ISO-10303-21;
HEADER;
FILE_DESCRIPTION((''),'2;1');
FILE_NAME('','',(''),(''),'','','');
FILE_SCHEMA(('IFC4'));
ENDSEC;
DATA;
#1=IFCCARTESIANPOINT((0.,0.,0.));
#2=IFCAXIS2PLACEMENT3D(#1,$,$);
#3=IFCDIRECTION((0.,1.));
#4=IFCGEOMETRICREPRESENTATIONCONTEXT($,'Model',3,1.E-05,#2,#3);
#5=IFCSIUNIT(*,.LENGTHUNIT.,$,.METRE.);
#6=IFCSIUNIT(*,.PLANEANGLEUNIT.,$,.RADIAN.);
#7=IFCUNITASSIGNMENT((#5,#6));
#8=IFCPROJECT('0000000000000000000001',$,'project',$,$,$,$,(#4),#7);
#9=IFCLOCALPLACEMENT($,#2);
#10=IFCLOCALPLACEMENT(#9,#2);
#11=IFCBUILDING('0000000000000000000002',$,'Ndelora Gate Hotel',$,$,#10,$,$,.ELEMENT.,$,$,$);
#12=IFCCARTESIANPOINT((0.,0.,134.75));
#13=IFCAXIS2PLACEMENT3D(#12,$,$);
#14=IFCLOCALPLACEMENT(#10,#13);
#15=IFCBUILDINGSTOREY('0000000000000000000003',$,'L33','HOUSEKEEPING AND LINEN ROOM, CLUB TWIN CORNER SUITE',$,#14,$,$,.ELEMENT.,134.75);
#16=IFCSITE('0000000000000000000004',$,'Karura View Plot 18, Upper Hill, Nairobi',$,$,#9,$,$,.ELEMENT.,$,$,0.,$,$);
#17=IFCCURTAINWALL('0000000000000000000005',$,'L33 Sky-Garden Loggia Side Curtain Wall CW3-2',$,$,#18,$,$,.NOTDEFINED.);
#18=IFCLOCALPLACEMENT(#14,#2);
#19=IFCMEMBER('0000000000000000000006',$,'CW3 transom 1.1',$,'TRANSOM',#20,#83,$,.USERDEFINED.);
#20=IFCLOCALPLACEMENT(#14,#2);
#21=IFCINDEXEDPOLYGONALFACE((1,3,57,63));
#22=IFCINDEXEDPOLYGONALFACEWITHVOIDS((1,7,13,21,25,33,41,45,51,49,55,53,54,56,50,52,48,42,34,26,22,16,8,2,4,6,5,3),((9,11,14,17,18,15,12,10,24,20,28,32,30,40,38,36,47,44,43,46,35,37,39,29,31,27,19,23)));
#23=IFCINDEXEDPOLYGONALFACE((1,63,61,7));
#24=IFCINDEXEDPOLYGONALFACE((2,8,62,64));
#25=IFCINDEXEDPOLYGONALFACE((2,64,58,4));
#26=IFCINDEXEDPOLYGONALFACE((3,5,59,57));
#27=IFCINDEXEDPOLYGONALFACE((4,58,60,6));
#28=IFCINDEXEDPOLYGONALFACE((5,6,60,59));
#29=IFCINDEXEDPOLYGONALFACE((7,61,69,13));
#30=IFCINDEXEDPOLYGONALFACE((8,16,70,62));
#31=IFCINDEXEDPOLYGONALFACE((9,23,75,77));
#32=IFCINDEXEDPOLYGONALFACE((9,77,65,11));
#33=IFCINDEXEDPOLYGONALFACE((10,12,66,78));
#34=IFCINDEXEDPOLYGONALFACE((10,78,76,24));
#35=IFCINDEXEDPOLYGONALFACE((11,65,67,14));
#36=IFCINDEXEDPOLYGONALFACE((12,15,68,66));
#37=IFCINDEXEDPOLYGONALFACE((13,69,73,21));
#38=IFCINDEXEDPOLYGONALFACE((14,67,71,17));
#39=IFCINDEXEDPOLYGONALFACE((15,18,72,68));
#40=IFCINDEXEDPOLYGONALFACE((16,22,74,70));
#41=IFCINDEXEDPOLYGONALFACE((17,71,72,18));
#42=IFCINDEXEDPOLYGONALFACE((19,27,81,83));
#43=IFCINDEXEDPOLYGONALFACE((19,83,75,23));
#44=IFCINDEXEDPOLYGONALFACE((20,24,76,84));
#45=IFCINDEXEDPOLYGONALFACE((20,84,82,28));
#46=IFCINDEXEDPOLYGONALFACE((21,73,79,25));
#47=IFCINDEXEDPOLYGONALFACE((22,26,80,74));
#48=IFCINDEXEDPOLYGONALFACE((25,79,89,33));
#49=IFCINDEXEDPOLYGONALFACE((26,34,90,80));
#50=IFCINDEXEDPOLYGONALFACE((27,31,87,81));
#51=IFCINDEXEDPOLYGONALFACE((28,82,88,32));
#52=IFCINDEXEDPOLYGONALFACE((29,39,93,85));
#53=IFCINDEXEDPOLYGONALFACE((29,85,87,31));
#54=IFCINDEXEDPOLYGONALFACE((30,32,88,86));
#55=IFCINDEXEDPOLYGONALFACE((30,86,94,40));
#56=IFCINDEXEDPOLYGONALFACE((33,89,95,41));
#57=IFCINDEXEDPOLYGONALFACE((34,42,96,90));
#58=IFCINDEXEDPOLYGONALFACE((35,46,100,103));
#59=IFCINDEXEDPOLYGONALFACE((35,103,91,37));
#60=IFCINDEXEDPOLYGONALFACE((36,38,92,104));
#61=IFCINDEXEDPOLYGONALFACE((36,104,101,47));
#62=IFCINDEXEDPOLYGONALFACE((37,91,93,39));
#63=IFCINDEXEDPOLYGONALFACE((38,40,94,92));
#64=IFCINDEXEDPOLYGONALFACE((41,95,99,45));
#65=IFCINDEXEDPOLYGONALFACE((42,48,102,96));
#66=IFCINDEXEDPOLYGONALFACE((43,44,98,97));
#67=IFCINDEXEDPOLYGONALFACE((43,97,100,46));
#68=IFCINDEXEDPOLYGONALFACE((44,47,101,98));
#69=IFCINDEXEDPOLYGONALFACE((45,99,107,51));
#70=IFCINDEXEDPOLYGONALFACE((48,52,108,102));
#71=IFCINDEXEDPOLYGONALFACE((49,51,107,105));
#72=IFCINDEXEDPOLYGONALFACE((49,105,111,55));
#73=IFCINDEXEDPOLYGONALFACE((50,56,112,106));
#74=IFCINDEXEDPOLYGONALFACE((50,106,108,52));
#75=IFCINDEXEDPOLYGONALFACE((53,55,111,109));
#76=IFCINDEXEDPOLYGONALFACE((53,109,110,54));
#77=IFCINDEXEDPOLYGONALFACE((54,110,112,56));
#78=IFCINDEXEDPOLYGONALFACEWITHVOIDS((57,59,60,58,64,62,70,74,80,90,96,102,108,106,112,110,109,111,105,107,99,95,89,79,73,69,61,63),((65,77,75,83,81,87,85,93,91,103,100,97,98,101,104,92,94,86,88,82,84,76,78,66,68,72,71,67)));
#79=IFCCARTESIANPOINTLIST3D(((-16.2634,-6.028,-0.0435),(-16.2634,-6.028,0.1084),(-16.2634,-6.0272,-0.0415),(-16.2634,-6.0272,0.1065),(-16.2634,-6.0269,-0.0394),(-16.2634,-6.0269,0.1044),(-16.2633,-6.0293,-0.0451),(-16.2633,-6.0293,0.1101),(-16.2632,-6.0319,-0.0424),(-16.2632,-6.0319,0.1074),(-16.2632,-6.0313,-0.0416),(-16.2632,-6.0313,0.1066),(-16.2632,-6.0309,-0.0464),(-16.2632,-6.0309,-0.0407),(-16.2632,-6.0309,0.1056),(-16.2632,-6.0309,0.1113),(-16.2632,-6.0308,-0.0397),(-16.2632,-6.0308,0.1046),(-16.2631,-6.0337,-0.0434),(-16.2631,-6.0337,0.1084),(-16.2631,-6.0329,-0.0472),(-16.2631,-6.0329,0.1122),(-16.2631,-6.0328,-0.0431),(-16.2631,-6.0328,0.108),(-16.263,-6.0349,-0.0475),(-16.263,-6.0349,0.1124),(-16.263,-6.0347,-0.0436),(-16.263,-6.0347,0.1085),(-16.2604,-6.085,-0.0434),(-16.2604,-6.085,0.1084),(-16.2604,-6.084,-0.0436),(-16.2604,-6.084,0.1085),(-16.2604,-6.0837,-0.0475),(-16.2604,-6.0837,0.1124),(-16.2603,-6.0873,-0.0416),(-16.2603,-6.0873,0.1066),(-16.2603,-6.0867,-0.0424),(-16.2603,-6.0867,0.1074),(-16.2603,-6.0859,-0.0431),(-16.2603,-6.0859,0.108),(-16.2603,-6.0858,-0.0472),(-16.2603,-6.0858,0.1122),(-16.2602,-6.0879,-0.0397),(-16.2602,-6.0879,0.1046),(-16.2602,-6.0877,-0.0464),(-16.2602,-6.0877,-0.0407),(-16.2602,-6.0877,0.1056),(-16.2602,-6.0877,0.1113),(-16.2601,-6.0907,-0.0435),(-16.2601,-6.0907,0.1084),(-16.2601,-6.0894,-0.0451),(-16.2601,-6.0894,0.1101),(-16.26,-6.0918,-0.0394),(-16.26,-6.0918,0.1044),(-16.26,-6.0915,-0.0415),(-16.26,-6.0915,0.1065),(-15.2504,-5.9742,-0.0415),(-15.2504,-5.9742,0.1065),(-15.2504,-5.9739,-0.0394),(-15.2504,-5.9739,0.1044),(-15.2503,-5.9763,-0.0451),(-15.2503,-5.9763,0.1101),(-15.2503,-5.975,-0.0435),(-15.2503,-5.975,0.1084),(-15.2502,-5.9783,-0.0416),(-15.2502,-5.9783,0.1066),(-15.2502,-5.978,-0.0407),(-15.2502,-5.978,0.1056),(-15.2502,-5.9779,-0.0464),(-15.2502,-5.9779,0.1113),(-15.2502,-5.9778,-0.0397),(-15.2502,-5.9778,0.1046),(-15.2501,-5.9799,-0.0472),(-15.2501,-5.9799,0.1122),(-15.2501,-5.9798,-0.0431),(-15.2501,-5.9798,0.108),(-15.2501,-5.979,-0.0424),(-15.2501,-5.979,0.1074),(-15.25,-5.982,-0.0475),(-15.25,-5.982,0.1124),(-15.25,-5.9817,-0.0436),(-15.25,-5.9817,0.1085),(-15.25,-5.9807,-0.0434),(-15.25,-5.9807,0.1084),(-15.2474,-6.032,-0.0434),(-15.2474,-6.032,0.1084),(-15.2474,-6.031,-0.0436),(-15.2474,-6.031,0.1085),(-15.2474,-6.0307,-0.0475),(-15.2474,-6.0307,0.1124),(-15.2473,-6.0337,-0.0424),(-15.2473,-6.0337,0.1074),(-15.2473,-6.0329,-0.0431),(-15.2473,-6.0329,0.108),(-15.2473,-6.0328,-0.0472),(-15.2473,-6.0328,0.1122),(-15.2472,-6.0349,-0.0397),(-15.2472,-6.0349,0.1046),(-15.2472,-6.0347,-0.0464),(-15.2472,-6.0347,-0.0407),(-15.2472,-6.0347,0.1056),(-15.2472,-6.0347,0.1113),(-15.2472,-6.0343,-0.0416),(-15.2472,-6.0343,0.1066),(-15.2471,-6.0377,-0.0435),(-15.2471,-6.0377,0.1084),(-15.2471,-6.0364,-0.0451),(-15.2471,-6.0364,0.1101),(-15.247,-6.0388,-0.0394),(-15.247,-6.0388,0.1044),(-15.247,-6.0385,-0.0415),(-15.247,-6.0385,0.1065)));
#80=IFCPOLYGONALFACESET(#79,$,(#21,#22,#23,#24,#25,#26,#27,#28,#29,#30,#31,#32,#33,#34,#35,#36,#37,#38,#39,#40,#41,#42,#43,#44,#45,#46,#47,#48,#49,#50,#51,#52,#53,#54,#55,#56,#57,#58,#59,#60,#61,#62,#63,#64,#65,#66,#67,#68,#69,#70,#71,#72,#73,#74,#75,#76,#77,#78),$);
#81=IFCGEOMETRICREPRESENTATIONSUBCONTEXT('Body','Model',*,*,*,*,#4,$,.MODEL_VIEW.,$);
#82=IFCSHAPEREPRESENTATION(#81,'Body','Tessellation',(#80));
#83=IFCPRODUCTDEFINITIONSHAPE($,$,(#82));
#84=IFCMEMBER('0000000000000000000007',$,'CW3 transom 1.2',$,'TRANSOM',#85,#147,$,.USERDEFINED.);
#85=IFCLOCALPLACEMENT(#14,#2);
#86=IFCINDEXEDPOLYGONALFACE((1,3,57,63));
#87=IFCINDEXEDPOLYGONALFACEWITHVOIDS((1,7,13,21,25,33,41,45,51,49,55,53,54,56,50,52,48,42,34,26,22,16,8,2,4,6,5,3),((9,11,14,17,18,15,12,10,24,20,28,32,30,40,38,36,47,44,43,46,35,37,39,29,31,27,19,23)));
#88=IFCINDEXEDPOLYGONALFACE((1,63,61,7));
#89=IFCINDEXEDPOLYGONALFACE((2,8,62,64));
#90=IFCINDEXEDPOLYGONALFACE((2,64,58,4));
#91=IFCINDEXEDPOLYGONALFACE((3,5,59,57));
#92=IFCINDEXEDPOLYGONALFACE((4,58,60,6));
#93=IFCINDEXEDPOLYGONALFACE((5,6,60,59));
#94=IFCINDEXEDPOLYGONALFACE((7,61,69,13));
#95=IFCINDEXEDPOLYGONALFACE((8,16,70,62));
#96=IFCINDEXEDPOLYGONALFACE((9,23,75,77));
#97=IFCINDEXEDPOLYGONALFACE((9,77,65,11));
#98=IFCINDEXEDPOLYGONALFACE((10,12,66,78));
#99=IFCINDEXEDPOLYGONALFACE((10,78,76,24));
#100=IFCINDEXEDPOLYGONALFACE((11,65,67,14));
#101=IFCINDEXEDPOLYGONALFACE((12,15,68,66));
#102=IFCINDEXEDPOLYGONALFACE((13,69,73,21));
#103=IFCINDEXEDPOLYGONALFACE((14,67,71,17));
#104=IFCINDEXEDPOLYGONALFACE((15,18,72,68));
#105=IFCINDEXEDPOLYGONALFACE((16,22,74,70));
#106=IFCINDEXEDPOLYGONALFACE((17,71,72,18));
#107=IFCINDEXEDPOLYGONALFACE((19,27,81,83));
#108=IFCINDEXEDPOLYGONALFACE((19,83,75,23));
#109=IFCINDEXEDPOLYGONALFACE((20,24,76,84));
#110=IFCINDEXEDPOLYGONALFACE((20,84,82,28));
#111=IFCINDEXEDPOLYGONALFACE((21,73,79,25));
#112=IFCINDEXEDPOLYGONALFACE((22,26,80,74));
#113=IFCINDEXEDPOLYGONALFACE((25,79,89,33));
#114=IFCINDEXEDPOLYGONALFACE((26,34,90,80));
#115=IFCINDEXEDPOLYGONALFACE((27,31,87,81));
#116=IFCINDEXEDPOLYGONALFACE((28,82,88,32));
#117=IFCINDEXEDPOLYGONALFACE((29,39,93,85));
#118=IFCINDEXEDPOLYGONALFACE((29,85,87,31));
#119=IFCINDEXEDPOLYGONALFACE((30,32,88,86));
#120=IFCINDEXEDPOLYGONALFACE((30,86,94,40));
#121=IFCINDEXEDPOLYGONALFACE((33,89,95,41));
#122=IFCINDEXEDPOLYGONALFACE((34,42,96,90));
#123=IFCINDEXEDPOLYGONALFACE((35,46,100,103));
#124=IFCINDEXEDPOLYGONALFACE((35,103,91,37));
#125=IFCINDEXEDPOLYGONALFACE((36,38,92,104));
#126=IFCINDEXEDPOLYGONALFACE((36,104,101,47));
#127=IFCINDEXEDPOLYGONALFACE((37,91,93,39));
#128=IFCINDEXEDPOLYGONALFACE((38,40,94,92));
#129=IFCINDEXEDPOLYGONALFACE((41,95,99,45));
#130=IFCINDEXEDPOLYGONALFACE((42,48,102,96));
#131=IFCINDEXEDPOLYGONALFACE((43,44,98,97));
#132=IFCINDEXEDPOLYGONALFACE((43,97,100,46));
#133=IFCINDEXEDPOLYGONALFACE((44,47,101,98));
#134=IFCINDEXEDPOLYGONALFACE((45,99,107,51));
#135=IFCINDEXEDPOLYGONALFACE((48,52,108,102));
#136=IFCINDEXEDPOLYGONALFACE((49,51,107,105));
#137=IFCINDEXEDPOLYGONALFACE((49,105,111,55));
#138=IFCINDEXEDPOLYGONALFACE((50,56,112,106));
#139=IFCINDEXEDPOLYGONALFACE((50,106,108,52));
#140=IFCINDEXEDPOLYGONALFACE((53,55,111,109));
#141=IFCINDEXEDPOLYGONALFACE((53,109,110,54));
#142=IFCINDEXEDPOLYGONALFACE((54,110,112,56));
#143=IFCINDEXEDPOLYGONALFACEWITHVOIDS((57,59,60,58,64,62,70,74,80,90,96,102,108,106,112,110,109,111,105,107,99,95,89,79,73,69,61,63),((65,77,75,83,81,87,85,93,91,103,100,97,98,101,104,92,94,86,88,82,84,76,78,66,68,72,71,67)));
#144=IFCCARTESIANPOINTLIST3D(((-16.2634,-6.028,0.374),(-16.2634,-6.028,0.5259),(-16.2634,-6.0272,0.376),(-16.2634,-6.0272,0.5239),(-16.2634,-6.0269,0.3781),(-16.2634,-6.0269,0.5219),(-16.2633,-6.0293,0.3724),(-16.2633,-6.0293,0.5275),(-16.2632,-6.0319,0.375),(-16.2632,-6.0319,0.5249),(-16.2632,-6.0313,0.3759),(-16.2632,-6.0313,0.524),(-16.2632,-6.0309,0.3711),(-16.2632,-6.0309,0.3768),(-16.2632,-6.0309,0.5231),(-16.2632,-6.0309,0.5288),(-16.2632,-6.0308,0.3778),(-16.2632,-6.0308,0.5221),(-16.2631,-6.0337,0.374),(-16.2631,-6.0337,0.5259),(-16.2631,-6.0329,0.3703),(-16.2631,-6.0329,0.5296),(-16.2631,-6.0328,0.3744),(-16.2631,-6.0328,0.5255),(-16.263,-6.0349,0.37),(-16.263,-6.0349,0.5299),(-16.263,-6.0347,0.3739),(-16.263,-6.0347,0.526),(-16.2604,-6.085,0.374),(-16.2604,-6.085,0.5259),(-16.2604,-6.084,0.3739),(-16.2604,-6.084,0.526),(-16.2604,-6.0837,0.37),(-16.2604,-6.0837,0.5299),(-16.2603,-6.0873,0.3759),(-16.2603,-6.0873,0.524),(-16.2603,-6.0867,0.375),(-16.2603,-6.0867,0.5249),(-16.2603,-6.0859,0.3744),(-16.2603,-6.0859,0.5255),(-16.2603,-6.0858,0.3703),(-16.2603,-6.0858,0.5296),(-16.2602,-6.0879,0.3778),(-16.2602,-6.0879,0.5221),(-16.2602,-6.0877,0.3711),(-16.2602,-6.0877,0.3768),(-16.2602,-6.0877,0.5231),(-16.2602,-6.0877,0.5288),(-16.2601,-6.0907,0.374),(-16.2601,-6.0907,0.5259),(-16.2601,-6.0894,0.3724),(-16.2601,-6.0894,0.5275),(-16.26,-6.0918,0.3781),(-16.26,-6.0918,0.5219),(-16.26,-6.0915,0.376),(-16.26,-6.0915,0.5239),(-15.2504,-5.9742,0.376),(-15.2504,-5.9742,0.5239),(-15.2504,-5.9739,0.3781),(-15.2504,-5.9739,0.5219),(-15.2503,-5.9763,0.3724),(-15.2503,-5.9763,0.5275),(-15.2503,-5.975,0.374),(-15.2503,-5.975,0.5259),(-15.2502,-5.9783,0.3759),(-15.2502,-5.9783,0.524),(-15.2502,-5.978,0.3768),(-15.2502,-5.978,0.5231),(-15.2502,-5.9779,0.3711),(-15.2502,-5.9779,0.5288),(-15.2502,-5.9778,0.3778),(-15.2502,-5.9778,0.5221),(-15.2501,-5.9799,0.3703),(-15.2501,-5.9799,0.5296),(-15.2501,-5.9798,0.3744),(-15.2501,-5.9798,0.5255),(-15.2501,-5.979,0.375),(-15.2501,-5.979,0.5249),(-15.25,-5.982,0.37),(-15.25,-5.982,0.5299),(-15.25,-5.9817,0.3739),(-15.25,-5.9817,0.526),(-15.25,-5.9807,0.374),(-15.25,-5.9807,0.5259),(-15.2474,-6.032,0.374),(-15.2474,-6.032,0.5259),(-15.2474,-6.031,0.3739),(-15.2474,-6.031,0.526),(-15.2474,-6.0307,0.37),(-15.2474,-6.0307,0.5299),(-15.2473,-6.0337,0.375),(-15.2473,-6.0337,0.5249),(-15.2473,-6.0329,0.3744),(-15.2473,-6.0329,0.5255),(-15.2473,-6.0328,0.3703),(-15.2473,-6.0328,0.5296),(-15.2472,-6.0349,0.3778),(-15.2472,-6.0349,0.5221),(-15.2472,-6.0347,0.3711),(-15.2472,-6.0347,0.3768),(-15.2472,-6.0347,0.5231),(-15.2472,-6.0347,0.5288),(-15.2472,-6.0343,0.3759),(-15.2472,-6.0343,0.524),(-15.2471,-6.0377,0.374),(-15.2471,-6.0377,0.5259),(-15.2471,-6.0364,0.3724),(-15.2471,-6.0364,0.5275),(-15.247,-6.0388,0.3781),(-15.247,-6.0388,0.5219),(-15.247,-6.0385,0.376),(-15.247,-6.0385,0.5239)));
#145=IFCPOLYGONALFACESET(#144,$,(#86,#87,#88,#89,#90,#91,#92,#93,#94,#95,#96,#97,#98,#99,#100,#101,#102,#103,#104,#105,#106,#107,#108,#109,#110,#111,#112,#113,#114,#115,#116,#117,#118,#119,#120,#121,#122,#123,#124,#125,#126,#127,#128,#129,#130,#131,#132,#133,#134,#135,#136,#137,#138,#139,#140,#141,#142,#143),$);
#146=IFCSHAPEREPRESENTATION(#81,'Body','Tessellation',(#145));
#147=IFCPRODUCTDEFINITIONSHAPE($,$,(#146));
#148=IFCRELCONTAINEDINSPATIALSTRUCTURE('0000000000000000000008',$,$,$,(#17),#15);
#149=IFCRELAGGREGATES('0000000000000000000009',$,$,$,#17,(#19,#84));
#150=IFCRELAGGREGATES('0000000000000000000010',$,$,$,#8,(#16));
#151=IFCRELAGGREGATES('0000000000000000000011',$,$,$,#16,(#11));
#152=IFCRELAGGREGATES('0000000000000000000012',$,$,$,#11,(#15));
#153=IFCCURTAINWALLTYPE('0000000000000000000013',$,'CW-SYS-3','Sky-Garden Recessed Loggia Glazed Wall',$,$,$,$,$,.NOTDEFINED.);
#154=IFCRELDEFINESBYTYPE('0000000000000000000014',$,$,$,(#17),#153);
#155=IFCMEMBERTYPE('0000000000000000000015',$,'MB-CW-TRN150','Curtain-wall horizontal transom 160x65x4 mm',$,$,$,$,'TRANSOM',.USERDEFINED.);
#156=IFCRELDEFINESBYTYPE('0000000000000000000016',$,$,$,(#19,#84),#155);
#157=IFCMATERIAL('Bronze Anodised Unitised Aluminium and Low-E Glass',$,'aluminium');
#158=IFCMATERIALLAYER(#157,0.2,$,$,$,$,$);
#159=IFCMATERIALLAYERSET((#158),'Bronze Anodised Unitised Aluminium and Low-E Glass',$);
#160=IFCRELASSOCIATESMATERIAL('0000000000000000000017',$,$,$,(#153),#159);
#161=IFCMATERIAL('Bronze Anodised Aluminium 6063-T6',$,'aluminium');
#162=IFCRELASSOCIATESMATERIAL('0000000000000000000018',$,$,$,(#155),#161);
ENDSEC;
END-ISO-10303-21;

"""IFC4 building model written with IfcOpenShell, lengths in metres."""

from ifc_helpers import new_model, si_unit, direction, frame, origin, origin_2d, place, context, subcontext, project, spatial, hollow_rectangle, extrude, material, layer, layer_set, material_profile, profile_set, type_object, element, aggregate, save


model = new_model("IFC4")

# Units and contexts
model_context = context("Model", 3, precision=1e-05, world=origin(), true_north=direction((0.0, 1.0)))
body_context = subcontext(model_context, "Body", "Model", "MODEL_VIEW")
ifc_project = project(units=[si_unit("LENGTHUNIT", "METRE"), si_unit("PLANEANGLEUNIT", "RADIAN")], contexts=[model_context])

# Site, building, storey
site_placement = place(None, origin())
site = spatial("IfcSite", under=ifc_project, at=site_placement, Name="Karura View Plot 18, Upper Hill, Nairobi", CompositionType="ELEMENT", RefElevation=0.0)
building_placement = place(site_placement, origin())
building = spatial("IfcBuilding", under=site, at=building_placement, Name="Ndelora Gate Hotel", CompositionType="ELEMENT")
storey_placement = place(building_placement, frame((0.0, 0.0, 134.75)))
storey = spatial("IfcBuildingStorey", under=building, at=storey_placement, Name="L33", Description="HOUSEKEEPING AND LINEN ROOM, CLUB TWIN CORNER SUITE", CompositionType="ELEMENT", Elevation=134.75)

# Curtain wall, members
ifc_material_1 = material(Name="Bronze Anodised Unitised Aluminium and Low-E Glass", Category="aluminium")
ifc_layer_1 = layer(ifc_material_1, 0.2)
ifc_layer_set_1 = layer_set([ifc_layer_1], Name="Bronze Anodised Unitised Aluminium and Low-E Glass")
curtain_wall_type = type_object("IfcCurtainWallType", Name="CW-SYS-3", Description="Sky-Garden Recessed Loggia Glazed Wall", PredefinedType="NOTDEFINED", material=ifc_layer_set_1)
curtain_wall_placement = place(storey_placement, origin())
curtain_wall = element("IfcCurtainWall", 1, at=curtain_wall_placement, inside=storey, type_object=curtain_wall_type, Name="L33 Sky-Garden Loggia Side Curtain Wall CW3-2", PredefinedType="NOTDEFINED")
ifc_material_2 = material(Name="Bronze Anodised Aluminium 6063-T6", Category="aluminium")
ifc_material_profile_1 = material_profile(ifc_material_2, hollow_rectangle(XDim=0.0649, YDim=0.1599, WallThickness=0.0039, InnerFilletRadius=0.0039, OuterFilletRadius=0.0081, at=origin_2d()), Name="ALU 160x65x4")
ifc_profile_set_1 = profile_set([ifc_material_profile_1], Name="Bronze Anodised Aluminium 6063-T6")
member_type_1 = type_object("IfcMemberType", Name="MB-CW-TRN150", Description="Curtain-wall horizontal transom 160x65x4 mm", ElementType="TRANSOM", PredefinedType="USERDEFINED", material=ifc_profile_set_1)
member_1_placement = place(storey_placement, frame((-16.2617, -6.0593, 0.0325), z_axis=(0.998635, 0.05223, 0.0), x_axis=(-0.05223, 0.998635, 0.0)))
member_1 = element("IfcMember", 2, at=member_1_placement, type_object=member_type_1, Name="CW3 transom 1.1", ObjectType="TRANSOM", PredefinedType="USERDEFINED", context=body_context, shape_type="SweptSolid", body=[
    extrude(hollow_rectangle(XDim=0.0649, YDim=0.1599, WallThickness=0.0039, InnerFilletRadius=0.0039, OuterFilletRadius=0.0081, at=origin_2d()), origin(), (0.0, 0.0, 1.0), 1.0144),
])
member_2_placement = place(storey_placement, frame((-16.2617, -6.0593, 0.45), z_axis=(0.998635, 0.05223, 0.0), x_axis=(-0.05223, 0.998635, 0.0)))
member_2 = element("IfcMember", 3, at=member_2_placement, type_object=member_type_1, Name="CW3 transom 1.2", ObjectType="TRANSOM", PredefinedType="USERDEFINED", context=body_context, shape_type="SweptSolid", body=[
    extrude(hollow_rectangle(XDim=0.0649, YDim=0.1599, WallThickness=0.0039, InnerFilletRadius=0.0039, OuterFilletRadius=0.0081, at=origin_2d()), origin(), (0.0, 0.0, 1.0), 1.0144),
])
aggregate(curtain_wall, [member_1, member_2])

save(model, "model.ifc")
